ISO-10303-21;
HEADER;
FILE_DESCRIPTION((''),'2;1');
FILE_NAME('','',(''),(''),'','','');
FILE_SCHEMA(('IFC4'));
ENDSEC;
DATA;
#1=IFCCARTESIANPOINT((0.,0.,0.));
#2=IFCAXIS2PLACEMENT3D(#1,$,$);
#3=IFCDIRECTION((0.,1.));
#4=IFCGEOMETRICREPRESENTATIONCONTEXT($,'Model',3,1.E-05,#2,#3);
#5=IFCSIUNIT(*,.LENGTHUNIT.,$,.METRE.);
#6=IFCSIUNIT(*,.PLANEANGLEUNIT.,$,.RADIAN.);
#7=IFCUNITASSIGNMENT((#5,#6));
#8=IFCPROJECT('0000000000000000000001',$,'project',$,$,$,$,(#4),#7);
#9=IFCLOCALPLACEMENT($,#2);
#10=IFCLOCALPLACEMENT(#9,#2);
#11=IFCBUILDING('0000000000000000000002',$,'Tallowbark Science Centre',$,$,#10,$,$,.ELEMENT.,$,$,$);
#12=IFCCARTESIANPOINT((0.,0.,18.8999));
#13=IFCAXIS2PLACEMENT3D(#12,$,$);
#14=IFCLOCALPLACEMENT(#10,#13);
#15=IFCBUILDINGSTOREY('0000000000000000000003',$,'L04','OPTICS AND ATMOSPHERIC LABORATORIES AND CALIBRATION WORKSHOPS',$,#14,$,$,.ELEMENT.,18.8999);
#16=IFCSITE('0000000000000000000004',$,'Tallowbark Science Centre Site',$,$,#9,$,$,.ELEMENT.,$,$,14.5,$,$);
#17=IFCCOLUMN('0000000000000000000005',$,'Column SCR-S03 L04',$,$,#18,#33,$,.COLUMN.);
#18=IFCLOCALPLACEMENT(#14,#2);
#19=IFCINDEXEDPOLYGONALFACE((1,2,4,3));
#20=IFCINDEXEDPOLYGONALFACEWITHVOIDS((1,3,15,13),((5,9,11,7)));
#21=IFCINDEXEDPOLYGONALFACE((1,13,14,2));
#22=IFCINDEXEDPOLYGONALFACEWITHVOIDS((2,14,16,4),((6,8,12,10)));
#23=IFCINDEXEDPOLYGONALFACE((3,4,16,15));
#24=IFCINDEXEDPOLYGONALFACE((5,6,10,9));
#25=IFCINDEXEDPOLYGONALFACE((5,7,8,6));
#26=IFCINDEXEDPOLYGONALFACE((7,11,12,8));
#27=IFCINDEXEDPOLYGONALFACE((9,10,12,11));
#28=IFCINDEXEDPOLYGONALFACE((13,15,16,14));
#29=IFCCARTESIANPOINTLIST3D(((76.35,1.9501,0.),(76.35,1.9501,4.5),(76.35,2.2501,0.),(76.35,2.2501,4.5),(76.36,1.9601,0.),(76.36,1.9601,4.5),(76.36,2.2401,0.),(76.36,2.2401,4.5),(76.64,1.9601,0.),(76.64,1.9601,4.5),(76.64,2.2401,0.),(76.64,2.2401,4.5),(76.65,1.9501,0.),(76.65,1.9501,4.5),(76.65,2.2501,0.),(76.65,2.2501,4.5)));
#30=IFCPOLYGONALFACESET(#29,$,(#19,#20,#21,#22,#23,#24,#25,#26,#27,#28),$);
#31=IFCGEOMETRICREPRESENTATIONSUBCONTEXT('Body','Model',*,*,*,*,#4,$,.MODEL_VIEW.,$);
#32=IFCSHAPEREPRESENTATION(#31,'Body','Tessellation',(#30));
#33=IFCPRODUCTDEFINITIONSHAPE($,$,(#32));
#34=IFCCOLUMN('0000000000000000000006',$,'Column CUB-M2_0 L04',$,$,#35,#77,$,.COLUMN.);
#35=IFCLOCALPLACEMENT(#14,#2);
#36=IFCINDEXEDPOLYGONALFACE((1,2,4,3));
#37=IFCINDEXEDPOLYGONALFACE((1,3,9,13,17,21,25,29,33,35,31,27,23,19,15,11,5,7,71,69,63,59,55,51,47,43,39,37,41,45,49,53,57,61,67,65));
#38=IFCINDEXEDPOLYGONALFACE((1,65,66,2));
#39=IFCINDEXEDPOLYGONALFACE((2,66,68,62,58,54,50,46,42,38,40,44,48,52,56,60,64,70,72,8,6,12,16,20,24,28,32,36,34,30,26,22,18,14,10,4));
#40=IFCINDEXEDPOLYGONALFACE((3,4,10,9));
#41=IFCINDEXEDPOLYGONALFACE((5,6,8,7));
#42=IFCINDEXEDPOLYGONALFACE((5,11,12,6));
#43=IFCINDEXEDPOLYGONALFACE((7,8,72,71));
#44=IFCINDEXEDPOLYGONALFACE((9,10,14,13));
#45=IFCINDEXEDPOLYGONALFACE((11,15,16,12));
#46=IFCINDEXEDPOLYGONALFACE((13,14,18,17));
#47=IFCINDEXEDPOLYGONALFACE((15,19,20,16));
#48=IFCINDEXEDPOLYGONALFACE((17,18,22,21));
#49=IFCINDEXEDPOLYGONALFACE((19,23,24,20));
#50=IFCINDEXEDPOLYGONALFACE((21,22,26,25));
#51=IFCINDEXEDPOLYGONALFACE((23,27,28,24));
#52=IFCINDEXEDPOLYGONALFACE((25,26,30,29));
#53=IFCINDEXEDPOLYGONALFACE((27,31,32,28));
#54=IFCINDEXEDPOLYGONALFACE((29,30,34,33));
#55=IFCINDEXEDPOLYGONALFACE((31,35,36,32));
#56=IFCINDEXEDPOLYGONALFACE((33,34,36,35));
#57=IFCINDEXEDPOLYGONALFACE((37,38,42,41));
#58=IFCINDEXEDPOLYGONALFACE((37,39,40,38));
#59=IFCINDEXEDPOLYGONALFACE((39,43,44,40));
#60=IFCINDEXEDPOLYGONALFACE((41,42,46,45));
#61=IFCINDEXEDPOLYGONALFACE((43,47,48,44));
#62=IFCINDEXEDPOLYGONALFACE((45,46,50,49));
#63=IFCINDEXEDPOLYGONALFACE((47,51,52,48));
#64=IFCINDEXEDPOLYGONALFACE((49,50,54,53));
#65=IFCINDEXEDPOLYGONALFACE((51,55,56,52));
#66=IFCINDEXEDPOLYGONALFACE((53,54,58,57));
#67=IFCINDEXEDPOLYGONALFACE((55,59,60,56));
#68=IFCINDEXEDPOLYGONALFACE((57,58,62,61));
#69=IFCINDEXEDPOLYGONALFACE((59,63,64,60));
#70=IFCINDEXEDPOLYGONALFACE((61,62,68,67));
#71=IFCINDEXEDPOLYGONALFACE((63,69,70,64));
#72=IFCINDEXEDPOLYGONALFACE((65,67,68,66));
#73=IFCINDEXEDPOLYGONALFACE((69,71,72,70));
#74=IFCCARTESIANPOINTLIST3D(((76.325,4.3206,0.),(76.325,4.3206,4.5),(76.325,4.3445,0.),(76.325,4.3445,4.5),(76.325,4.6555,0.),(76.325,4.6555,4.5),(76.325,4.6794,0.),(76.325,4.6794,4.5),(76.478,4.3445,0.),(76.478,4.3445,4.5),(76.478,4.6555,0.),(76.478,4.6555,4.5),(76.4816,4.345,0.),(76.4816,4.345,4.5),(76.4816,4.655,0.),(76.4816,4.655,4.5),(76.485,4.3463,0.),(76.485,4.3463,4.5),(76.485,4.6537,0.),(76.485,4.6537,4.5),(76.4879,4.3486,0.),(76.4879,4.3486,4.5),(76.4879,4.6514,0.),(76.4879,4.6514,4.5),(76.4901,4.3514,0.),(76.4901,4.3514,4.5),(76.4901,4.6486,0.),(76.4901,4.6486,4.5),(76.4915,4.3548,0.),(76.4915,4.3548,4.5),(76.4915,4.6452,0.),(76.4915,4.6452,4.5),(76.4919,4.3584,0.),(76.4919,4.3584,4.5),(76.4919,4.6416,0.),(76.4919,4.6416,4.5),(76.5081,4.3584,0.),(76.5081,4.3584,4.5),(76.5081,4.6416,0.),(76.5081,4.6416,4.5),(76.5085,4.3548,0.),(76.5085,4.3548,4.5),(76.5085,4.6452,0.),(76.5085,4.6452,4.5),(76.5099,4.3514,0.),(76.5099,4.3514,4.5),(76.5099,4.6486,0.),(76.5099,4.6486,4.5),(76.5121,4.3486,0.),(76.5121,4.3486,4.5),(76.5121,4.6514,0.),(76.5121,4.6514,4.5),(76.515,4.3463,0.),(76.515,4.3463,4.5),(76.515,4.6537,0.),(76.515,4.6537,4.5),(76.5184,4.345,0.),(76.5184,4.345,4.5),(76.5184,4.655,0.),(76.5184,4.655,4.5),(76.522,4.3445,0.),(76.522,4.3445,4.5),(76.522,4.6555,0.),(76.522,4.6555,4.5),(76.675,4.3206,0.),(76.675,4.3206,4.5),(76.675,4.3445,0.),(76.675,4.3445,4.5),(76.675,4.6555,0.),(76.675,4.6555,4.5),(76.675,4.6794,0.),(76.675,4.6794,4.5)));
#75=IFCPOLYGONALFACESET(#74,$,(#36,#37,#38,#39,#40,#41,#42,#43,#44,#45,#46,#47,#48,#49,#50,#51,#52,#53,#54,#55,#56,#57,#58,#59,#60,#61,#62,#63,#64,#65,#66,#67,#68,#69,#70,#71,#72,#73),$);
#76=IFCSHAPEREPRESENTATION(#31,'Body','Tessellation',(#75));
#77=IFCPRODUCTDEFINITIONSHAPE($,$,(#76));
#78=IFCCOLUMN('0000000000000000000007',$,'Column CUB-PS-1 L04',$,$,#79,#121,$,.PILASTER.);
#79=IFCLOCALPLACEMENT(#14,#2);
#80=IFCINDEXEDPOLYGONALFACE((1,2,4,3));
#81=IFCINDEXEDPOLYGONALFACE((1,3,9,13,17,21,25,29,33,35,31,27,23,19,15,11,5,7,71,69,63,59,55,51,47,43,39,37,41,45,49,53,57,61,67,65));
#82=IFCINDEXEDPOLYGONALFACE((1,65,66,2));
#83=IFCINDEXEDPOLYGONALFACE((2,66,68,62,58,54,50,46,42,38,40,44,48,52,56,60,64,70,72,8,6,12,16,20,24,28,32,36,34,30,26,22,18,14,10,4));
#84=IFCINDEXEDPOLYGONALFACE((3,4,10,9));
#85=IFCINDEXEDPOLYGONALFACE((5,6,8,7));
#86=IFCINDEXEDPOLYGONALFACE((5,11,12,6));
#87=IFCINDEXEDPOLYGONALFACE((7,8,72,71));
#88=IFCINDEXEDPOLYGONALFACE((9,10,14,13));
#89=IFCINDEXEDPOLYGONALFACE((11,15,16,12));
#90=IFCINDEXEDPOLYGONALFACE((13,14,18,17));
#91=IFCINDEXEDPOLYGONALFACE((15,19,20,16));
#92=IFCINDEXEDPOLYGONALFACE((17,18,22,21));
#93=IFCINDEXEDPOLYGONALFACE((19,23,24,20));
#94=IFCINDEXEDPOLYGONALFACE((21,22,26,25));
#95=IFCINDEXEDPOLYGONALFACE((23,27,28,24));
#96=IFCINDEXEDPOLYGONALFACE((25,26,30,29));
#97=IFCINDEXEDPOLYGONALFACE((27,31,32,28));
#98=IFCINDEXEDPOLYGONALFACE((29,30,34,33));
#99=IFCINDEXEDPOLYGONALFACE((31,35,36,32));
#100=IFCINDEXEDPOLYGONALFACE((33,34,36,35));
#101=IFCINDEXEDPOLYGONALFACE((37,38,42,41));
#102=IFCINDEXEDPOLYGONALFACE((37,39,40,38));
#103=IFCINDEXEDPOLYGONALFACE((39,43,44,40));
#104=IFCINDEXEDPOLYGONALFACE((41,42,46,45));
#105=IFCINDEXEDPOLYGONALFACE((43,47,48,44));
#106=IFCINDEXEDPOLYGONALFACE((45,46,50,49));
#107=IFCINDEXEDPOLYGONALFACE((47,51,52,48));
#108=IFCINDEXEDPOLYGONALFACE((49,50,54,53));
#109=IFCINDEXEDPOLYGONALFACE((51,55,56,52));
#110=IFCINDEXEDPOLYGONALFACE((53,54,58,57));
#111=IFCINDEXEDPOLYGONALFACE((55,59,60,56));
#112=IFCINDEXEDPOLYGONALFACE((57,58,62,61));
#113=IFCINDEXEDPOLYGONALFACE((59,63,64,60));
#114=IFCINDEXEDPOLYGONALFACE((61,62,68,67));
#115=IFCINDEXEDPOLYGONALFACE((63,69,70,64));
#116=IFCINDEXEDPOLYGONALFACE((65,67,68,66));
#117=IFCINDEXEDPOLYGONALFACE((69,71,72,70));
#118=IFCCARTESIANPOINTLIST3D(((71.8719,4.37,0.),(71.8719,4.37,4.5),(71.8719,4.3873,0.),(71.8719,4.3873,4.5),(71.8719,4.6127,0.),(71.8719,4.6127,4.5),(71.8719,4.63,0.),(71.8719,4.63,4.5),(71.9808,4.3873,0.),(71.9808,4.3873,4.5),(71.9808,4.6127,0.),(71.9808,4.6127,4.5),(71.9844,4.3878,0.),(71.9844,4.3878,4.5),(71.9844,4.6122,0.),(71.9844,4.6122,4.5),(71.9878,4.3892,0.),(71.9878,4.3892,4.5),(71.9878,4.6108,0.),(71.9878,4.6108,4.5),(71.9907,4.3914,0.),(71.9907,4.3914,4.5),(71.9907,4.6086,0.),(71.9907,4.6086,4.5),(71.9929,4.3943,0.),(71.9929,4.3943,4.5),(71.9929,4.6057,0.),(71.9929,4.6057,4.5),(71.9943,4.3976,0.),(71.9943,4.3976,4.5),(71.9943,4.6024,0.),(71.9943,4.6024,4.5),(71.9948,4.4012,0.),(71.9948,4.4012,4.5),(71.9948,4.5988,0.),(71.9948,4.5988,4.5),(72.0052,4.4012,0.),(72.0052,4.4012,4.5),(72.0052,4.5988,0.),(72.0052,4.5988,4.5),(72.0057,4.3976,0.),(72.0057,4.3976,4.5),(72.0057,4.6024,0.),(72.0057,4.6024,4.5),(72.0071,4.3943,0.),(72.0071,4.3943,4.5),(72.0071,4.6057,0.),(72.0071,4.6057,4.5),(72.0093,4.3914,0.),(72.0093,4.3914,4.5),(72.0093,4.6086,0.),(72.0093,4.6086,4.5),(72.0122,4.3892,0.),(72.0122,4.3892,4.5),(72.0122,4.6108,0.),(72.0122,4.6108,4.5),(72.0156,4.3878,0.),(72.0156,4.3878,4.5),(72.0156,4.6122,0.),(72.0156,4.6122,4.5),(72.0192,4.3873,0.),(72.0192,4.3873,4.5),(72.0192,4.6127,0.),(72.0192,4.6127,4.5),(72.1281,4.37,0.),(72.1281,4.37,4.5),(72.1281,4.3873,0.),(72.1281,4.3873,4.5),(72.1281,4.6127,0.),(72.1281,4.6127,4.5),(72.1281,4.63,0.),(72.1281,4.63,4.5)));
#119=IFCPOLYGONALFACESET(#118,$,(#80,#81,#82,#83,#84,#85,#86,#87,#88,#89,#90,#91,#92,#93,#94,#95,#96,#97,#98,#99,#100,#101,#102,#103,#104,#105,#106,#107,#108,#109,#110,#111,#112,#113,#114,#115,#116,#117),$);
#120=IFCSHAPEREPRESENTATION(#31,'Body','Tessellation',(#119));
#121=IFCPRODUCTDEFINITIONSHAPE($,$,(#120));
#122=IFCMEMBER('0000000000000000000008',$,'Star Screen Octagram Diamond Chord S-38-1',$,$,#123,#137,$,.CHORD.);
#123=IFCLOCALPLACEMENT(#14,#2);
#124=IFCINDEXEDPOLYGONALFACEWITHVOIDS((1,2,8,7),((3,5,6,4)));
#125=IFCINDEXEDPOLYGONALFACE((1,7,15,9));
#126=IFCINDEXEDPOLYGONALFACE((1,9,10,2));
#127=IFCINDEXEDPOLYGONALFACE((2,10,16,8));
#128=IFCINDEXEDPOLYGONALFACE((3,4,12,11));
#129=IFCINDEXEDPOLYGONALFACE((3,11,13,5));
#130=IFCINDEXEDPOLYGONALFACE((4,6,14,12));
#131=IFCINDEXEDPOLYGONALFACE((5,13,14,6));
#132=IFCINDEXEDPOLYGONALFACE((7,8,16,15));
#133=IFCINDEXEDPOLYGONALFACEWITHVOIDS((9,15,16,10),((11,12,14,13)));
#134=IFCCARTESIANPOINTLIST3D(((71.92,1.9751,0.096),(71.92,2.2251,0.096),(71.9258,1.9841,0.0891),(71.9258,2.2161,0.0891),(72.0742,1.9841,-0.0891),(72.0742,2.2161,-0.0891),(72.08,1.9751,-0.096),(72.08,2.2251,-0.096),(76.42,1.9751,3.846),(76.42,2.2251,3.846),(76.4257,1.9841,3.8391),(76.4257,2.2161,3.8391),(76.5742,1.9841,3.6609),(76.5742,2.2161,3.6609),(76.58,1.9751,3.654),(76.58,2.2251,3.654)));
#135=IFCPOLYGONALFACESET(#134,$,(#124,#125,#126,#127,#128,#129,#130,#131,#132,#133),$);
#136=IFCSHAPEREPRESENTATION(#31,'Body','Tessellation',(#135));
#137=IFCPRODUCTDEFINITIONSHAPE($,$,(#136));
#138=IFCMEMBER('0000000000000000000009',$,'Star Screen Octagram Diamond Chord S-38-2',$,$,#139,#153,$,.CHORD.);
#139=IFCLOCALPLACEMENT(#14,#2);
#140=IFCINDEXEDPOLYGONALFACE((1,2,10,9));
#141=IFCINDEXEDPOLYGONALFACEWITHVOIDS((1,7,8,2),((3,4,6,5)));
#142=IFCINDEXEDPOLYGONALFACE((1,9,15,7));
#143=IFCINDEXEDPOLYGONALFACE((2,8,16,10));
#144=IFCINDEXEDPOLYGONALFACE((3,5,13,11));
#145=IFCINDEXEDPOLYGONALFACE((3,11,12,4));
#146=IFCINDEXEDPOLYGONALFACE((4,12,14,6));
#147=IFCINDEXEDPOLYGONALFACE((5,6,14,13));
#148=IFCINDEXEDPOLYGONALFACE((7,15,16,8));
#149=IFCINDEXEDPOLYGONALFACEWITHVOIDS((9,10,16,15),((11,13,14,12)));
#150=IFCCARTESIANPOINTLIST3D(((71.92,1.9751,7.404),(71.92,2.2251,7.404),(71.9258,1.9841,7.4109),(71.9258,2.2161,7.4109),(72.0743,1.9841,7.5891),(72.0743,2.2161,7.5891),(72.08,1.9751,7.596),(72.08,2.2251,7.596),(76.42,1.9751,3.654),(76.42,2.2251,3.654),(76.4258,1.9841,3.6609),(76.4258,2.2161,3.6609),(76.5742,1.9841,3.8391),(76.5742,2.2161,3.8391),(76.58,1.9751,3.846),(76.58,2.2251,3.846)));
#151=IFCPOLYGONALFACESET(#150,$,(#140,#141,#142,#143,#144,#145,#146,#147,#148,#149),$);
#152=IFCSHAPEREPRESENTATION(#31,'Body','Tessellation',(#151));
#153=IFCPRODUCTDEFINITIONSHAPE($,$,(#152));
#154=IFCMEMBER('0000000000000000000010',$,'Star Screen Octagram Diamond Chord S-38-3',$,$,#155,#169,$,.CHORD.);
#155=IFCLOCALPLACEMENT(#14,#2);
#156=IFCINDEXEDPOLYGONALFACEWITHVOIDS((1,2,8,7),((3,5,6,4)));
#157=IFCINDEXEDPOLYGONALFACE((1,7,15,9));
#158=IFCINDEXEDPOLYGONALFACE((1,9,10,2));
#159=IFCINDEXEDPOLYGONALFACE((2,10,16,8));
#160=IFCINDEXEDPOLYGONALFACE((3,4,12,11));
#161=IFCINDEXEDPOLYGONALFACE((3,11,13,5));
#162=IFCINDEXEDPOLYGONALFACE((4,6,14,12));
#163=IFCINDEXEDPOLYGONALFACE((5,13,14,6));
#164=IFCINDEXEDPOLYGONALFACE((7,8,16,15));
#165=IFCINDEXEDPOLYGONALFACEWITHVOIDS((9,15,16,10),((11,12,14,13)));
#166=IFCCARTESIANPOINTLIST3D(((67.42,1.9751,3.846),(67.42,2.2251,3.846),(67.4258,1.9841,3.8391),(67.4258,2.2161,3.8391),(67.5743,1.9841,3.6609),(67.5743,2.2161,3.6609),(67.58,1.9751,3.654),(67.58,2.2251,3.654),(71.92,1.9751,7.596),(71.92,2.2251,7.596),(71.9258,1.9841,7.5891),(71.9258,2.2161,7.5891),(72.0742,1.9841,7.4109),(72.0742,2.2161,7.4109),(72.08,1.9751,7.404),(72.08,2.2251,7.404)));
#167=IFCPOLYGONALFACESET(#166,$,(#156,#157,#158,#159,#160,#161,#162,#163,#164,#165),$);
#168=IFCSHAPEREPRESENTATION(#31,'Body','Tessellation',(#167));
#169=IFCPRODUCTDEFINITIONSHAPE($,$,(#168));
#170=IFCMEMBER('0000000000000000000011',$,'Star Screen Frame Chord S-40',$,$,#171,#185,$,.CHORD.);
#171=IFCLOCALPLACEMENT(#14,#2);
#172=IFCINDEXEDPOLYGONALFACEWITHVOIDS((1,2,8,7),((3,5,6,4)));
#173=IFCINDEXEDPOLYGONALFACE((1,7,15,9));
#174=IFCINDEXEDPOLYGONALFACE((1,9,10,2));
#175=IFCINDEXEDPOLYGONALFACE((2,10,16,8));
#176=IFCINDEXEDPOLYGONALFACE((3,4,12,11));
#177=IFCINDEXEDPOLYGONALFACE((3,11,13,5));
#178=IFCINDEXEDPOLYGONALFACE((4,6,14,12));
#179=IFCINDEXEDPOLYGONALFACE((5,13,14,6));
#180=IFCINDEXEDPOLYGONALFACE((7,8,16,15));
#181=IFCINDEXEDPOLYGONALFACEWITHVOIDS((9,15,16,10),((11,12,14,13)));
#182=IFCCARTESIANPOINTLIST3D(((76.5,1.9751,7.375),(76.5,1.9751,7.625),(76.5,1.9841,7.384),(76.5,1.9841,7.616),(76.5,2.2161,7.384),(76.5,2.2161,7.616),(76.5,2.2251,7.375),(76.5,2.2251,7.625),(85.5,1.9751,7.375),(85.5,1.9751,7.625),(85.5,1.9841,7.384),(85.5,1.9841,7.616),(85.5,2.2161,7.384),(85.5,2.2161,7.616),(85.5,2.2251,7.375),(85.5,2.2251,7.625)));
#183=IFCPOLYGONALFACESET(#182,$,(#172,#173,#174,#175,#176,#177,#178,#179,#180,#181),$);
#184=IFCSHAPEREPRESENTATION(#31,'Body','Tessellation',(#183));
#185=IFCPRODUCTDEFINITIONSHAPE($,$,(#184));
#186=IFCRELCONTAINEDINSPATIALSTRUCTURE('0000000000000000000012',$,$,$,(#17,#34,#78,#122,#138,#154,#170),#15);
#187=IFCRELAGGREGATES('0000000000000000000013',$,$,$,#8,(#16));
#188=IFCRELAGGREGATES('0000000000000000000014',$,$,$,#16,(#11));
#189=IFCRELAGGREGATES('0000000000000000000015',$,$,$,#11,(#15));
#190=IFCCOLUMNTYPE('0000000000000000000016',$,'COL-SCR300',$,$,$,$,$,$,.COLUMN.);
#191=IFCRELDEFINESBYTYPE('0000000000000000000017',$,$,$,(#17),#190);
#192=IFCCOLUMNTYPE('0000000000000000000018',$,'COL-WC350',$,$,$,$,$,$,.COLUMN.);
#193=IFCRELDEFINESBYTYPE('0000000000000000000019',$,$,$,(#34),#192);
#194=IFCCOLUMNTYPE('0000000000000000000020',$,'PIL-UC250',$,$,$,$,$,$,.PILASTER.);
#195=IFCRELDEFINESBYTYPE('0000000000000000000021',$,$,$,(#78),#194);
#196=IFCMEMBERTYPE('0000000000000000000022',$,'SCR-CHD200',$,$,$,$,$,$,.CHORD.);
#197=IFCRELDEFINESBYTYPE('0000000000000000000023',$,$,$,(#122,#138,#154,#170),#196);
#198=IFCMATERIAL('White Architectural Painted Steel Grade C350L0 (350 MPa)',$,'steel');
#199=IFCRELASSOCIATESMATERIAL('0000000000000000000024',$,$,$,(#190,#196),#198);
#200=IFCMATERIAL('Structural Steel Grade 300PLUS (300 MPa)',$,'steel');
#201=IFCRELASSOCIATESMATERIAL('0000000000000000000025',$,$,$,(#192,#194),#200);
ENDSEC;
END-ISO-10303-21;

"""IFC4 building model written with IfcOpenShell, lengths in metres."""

from ifc_helpers import new_model, si_unit, direction, frame, origin, origin_2d, place, context, subcontext, project, spatial, hollow_rectangle, i_section, extrude, material, material_profile, profile_set, type_object, element, save


model = new_model("IFC4")

# Units and contexts
model_context = context("Model", 3, precision=1e-05, world=origin(), true_north=direction((0.0, 1.0)))
body_context = subcontext(model_context, "Body", "Model", "MODEL_VIEW")
ifc_project = project(units=[si_unit("LENGTHUNIT", "METRE"), si_unit("PLANEANGLEUNIT", "RADIAN")], contexts=[model_context])

# Site, building, storey
site_placement = place(None, origin())
site = spatial("IfcSite", under=ifc_project, at=site_placement, Name="Tallowbark Science Centre Site", CompositionType="ELEMENT", RefElevation=14.5)
building_placement = place(site_placement, origin())
building = spatial("IfcBuilding", under=site, at=building_placement, Name="Tallowbark Science Centre", CompositionType="ELEMENT")
storey_placement = place(building_placement, frame((0.0, 0.0, 18.8999)))
storey = spatial("IfcBuildingStorey", under=building, at=storey_placement, Name="L04", Description="OPTICS AND ATMOSPHERIC LABORATORIES AND CALIBRATION WORKSHOPS", CompositionType="ELEMENT", Elevation=18.8999)

# Columns
ifc_material_1 = material(Name="White Architectural Painted Steel Grade C350L0 (350 MPa)", Category="steel")
ifc_material_profile_1 = material_profile(ifc_material_1, hollow_rectangle(XDim=0.3, YDim=0.3, WallThickness=0.01, at=origin_2d()), Name="300x300x10.0SHS")
ifc_profile_set_1 = profile_set([ifc_material_profile_1], Name="White Architectural Painted Steel Grade C350L0 (350 MPa)")
column_type_1 = type_object("IfcColumnType", Name="COL-SCR300", PredefinedType="COLUMN", material=ifc_profile_set_1)
column_1_placement = place(storey_placement, frame((76.5, 2.1001, 0.0), z_axis=(0.0, 0.0, 1.0), x_axis=(1.0, 0.0, 0.0)))
element("IfcColumn", 1, at=column_1_placement, inside=storey, type_object=column_type_1, Name="Column SCR-S03 L04", PredefinedType="COLUMN", context=body_context, shape_type="SweptSolid", body=[
    extrude(hollow_rectangle(XDim=0.3, YDim=0.3, WallThickness=0.01, at=origin_2d()), origin(), (0.0, 0.0, 1.0), 4.5),
])
ifc_material_2 = material(Name="Structural Steel Grade 300PLUS (300 MPa)", Category="steel")
ifc_material_profile_2 = material_profile(ifc_material_2, i_section(OverallWidth=0.3501, OverallDepth=0.3589, WebThickness=0.0161, FlangeThickness=0.0239, FilletRadius=0.0139, at=origin_2d()), Name="350WC197")
ifc_profile_set_2 = profile_set([ifc_material_profile_2], Name="Structural Steel Grade 300PLUS (300 MPa)")
column_type_2 = type_object("IfcColumnType", Name="COL-WC350", PredefinedType="COLUMN", material=ifc_profile_set_2)
column_2_placement = place(storey_placement, frame((76.5, 4.5, 0.0), z_axis=(0.0, 0.0, 1.0), x_axis=(1.0, 0.0, 0.0)))
element("IfcColumn", 2, at=column_2_placement, inside=storey, type_object=column_type_2, Name="Column CUB-M2_0 L04", PredefinedType="COLUMN", context=body_context, shape_type="SweptSolid", body=[
    extrude(i_section(OverallWidth=0.3501, OverallDepth=0.3589, WebThickness=0.0161, FlangeThickness=0.0239, FilletRadius=0.0139, at=origin_2d()), origin(), (0.0, 0.0, 1.0), 4.5),
])
ifc_material_profile_3 = material_profile(ifc_material_2, i_section(OverallWidth=0.2561, OverallDepth=0.26, WebThickness=0.0105, FlangeThickness=0.0173, FilletRadius=0.0139, at=origin_2d()), Name="250UC89.5")
ifc_profile_set_3 = profile_set([ifc_material_profile_3], Name="Structural Steel Grade 300PLUS (300 MPa)")
column_type_3 = type_object("IfcColumnType", Name="PIL-UC250", PredefinedType="PILASTER", material=ifc_profile_set_3)
column_3_placement = place(storey_placement, frame((72.0, 4.5, 0.0), z_axis=(0.0, 0.0, 1.0), x_axis=(1.0, 0.0, 0.0)))
element("IfcColumn", 3, at=column_3_placement, inside=storey, type_object=column_type_3, Name="Column CUB-PS-1 L04", PredefinedType="PILASTER", context=body_context, shape_type="SweptSolid", body=[
    extrude(i_section(OverallWidth=0.2561, OverallDepth=0.26, WebThickness=0.0105, FlangeThickness=0.0173, FilletRadius=0.0139, at=origin_2d()), origin(), (0.0, 0.0, 1.0), 4.5),
])

# Members
ifc_material_profile_4 = material_profile(ifc_material_1, hollow_rectangle(XDim=0.25, YDim=0.25, WallThickness=0.009, at=origin_2d()), Name="250x250x9.0SHS")
ifc_profile_set_4 = profile_set([ifc_material_profile_4], Name="White Architectural Painted Steel Grade C350L0 (350 MPa)")
member_type_1 = type_object("IfcMemberType", Name="SCR-CHD200", PredefinedType="CHORD", material=ifc_profile_set_4)
for number, where, z_axis, x_axis, name in (
    (4, (72.0, 2.1001, 0.0), (0.768221, 0.0, 0.640184), (0.0, 1.0, 0.0), "Star Screen Octagram Diamond Chord S-38-1"),
    (5, (76.5, 2.1001, 3.75), (-0.768221, 0.0, 0.640184), (0.0, -1.0, 0.0), "Star Screen Octagram Diamond Chord S-38-2"),
    (6, (72.0, 2.1001, 7.5), (-0.768221, 0.0, -0.640184), (0.0, -1.0, 0.0), "Star Screen Octagram Diamond Chord S-38-3"),
):
    element("IfcMember", number, at=place(storey_placement, frame(where, z_axis=z_axis, x_axis=x_axis)), inside=storey, type_object=member_type_1, Name=name, PredefinedType="CHORD", context=body_context, shape_type="SweptSolid", body=[
        extrude(hollow_rectangle(XDim=0.25, YDim=0.25, WallThickness=0.009, at=origin_2d()), origin(), (0.0, 0.0, 1.0), 5.8577),
    ])
member_1_placement = place(storey_placement, frame((76.5, 2.1001, 7.5), z_axis=(1.0, 0.0, 0.0), x_axis=(0.0, 1.0, 0.0)))
element("IfcMember", 7, at=member_1_placement, inside=storey, type_object=member_type_1, Name="Star Screen Frame Chord S-40", PredefinedType="CHORD", context=body_context, shape_type="SweptSolid", body=[
    extrude(hollow_rectangle(XDim=0.25, YDim=0.25, WallThickness=0.009, at=origin_2d()), origin(), (0.0, 0.0, 1.0), 9.0),
])

save(model, "model.ifc")
